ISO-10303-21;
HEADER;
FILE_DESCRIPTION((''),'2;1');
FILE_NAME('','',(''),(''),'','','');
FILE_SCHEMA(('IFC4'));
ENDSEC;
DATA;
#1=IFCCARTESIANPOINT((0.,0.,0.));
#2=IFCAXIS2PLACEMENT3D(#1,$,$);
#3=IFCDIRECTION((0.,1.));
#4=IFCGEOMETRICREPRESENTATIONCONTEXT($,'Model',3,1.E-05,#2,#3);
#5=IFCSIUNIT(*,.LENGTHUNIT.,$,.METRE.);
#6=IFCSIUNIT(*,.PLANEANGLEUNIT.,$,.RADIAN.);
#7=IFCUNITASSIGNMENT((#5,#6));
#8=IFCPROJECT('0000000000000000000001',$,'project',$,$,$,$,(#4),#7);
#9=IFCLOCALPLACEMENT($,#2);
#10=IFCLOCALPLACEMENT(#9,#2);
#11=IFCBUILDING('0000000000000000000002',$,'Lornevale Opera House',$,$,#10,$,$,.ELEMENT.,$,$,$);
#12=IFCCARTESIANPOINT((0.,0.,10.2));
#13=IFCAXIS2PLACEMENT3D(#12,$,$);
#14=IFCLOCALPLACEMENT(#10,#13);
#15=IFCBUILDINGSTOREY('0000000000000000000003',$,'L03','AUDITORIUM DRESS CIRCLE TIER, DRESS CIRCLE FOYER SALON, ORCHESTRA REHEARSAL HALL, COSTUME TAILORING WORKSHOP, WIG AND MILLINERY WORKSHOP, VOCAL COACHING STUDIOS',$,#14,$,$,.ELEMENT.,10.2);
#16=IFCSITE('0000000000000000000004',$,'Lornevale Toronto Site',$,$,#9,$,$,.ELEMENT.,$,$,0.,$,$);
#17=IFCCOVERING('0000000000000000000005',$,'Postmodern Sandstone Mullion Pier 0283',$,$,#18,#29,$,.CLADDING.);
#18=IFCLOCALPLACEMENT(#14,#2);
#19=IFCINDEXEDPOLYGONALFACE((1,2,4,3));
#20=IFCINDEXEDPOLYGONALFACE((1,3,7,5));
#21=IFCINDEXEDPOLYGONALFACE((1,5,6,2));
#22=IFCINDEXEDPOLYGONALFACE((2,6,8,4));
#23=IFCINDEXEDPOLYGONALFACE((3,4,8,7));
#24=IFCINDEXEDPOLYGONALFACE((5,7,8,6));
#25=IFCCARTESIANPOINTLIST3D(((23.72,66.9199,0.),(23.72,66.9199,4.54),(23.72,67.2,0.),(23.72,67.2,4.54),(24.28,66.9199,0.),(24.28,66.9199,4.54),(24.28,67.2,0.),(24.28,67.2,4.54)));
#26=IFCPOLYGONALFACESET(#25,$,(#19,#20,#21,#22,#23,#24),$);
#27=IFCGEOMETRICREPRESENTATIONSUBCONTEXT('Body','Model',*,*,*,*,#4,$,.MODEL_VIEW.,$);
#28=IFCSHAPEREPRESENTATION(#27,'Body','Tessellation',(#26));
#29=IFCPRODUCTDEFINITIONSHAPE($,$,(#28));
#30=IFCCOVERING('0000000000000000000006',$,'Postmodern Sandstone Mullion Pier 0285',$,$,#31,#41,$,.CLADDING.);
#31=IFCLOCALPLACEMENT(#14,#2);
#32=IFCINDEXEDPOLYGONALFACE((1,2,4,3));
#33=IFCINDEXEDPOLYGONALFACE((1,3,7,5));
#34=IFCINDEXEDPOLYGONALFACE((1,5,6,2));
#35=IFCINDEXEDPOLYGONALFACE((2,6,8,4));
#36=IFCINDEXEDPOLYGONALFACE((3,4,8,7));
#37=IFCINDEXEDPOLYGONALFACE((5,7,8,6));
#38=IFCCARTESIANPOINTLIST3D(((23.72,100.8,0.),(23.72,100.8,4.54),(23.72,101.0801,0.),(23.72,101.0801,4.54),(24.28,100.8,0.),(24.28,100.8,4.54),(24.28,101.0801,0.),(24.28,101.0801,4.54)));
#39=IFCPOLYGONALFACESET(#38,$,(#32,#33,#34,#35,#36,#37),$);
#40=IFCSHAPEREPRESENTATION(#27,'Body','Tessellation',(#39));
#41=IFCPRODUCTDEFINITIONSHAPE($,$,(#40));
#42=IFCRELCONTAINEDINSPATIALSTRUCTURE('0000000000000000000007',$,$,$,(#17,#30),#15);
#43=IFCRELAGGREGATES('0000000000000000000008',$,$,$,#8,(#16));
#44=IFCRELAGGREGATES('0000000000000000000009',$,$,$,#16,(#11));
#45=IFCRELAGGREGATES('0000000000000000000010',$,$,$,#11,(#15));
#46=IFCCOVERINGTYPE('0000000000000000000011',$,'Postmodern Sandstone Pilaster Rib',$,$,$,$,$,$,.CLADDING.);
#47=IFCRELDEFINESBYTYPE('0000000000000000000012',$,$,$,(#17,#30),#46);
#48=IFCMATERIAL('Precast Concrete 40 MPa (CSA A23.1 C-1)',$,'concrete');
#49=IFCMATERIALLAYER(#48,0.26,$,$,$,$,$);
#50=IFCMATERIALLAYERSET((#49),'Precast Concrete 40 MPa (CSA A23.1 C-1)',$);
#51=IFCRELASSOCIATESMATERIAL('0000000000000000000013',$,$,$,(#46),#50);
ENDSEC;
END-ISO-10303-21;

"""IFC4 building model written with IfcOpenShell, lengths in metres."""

from ifc_helpers import new_model, si_unit, direction, frame, origin, place, context, subcontext, project, spatial, polyline, outline, extrude, material, layer, layer_set, type_object, element, save


model = new_model("IFC4")

# Units and contexts
model_context = context("Model", 3, precision=1e-05, world=origin(), true_north=direction((0.0, 1.0)))
body_context = subcontext(model_context, "Body", "Model", "MODEL_VIEW")
ifc_project = project(units=[si_unit("LENGTHUNIT", "METRE"), si_unit("PLANEANGLEUNIT", "RADIAN")], contexts=[model_context])

# Site, building, storey
site_placement = place(None, origin())
site = spatial("IfcSite", under=ifc_project, at=site_placement, Name="Lornevale Toronto Site", CompositionType="ELEMENT", RefElevation=0.0)
building_placement = place(site_placement, origin())
building = spatial("IfcBuilding", under=site, at=building_placement, Name="Lornevale Opera House", CompositionType="ELEMENT")
storey_placement = place(building_placement, frame((0.0, 0.0, 10.2)))
storey = spatial("IfcBuildingStorey", under=building, at=storey_placement, Name="L03", Description="AUDITORIUM DRESS CIRCLE TIER, DRESS CIRCLE FOYER SALON, ORCHESTRA REHEARSAL HALL, COSTUME TAILORING WORKSHOP, WIG AND MILLINERY WORKSHOP, VOCAL COACHING STUDIOS", CompositionType="ELEMENT", Elevation=10.2)

# Coverings
ifc_material_1 = material(Name="Precast Concrete 40 MPa (CSA A23.1 C-1)", Category="concrete")
ifc_layer_1 = layer(ifc_material_1, 0.26)
ifc_layer_set_1 = layer_set([ifc_layer_1], Name="Precast Concrete 40 MPa (CSA A23.1 C-1)")
covering_type = type_object("IfcCoveringType", Name="Postmodern Sandstone Pilaster Rib", PredefinedType="CLADDING", material=ifc_layer_set_1)
covering_1_placement = place(storey_placement, origin())
element("IfcCovering", 1, at=covering_1_placement, inside=storey, type_object=covering_type, Name="Postmodern Sandstone Mullion Pier 0283", PredefinedType="CLADDING", context=body_context, shape_type="SweptSolid", body=[
    extrude(outline(polyline([(24.28, 67.2), (23.72, 67.2), (23.72, 66.9199), (24.28, 66.9199), (24.28, 67.2)])), origin(), (0.0, 0.0, 1.0), 4.54),
])
covering_2_placement = place(storey_placement, origin())
element("IfcCovering", 2, at=covering_2_placement, inside=storey, type_object=covering_type, Name="Postmodern Sandstone Mullion Pier 0285", PredefinedType="CLADDING", context=body_context, shape_type="SweptSolid", body=[
    extrude(outline(polyline([(23.72, 100.8), (24.28, 100.8), (24.28, 101.0801), (23.72, 101.0801), (23.72, 100.8)])), origin(), (0.0, 0.0, 1.0), 4.54),
])

save(model, "model.ifc")
